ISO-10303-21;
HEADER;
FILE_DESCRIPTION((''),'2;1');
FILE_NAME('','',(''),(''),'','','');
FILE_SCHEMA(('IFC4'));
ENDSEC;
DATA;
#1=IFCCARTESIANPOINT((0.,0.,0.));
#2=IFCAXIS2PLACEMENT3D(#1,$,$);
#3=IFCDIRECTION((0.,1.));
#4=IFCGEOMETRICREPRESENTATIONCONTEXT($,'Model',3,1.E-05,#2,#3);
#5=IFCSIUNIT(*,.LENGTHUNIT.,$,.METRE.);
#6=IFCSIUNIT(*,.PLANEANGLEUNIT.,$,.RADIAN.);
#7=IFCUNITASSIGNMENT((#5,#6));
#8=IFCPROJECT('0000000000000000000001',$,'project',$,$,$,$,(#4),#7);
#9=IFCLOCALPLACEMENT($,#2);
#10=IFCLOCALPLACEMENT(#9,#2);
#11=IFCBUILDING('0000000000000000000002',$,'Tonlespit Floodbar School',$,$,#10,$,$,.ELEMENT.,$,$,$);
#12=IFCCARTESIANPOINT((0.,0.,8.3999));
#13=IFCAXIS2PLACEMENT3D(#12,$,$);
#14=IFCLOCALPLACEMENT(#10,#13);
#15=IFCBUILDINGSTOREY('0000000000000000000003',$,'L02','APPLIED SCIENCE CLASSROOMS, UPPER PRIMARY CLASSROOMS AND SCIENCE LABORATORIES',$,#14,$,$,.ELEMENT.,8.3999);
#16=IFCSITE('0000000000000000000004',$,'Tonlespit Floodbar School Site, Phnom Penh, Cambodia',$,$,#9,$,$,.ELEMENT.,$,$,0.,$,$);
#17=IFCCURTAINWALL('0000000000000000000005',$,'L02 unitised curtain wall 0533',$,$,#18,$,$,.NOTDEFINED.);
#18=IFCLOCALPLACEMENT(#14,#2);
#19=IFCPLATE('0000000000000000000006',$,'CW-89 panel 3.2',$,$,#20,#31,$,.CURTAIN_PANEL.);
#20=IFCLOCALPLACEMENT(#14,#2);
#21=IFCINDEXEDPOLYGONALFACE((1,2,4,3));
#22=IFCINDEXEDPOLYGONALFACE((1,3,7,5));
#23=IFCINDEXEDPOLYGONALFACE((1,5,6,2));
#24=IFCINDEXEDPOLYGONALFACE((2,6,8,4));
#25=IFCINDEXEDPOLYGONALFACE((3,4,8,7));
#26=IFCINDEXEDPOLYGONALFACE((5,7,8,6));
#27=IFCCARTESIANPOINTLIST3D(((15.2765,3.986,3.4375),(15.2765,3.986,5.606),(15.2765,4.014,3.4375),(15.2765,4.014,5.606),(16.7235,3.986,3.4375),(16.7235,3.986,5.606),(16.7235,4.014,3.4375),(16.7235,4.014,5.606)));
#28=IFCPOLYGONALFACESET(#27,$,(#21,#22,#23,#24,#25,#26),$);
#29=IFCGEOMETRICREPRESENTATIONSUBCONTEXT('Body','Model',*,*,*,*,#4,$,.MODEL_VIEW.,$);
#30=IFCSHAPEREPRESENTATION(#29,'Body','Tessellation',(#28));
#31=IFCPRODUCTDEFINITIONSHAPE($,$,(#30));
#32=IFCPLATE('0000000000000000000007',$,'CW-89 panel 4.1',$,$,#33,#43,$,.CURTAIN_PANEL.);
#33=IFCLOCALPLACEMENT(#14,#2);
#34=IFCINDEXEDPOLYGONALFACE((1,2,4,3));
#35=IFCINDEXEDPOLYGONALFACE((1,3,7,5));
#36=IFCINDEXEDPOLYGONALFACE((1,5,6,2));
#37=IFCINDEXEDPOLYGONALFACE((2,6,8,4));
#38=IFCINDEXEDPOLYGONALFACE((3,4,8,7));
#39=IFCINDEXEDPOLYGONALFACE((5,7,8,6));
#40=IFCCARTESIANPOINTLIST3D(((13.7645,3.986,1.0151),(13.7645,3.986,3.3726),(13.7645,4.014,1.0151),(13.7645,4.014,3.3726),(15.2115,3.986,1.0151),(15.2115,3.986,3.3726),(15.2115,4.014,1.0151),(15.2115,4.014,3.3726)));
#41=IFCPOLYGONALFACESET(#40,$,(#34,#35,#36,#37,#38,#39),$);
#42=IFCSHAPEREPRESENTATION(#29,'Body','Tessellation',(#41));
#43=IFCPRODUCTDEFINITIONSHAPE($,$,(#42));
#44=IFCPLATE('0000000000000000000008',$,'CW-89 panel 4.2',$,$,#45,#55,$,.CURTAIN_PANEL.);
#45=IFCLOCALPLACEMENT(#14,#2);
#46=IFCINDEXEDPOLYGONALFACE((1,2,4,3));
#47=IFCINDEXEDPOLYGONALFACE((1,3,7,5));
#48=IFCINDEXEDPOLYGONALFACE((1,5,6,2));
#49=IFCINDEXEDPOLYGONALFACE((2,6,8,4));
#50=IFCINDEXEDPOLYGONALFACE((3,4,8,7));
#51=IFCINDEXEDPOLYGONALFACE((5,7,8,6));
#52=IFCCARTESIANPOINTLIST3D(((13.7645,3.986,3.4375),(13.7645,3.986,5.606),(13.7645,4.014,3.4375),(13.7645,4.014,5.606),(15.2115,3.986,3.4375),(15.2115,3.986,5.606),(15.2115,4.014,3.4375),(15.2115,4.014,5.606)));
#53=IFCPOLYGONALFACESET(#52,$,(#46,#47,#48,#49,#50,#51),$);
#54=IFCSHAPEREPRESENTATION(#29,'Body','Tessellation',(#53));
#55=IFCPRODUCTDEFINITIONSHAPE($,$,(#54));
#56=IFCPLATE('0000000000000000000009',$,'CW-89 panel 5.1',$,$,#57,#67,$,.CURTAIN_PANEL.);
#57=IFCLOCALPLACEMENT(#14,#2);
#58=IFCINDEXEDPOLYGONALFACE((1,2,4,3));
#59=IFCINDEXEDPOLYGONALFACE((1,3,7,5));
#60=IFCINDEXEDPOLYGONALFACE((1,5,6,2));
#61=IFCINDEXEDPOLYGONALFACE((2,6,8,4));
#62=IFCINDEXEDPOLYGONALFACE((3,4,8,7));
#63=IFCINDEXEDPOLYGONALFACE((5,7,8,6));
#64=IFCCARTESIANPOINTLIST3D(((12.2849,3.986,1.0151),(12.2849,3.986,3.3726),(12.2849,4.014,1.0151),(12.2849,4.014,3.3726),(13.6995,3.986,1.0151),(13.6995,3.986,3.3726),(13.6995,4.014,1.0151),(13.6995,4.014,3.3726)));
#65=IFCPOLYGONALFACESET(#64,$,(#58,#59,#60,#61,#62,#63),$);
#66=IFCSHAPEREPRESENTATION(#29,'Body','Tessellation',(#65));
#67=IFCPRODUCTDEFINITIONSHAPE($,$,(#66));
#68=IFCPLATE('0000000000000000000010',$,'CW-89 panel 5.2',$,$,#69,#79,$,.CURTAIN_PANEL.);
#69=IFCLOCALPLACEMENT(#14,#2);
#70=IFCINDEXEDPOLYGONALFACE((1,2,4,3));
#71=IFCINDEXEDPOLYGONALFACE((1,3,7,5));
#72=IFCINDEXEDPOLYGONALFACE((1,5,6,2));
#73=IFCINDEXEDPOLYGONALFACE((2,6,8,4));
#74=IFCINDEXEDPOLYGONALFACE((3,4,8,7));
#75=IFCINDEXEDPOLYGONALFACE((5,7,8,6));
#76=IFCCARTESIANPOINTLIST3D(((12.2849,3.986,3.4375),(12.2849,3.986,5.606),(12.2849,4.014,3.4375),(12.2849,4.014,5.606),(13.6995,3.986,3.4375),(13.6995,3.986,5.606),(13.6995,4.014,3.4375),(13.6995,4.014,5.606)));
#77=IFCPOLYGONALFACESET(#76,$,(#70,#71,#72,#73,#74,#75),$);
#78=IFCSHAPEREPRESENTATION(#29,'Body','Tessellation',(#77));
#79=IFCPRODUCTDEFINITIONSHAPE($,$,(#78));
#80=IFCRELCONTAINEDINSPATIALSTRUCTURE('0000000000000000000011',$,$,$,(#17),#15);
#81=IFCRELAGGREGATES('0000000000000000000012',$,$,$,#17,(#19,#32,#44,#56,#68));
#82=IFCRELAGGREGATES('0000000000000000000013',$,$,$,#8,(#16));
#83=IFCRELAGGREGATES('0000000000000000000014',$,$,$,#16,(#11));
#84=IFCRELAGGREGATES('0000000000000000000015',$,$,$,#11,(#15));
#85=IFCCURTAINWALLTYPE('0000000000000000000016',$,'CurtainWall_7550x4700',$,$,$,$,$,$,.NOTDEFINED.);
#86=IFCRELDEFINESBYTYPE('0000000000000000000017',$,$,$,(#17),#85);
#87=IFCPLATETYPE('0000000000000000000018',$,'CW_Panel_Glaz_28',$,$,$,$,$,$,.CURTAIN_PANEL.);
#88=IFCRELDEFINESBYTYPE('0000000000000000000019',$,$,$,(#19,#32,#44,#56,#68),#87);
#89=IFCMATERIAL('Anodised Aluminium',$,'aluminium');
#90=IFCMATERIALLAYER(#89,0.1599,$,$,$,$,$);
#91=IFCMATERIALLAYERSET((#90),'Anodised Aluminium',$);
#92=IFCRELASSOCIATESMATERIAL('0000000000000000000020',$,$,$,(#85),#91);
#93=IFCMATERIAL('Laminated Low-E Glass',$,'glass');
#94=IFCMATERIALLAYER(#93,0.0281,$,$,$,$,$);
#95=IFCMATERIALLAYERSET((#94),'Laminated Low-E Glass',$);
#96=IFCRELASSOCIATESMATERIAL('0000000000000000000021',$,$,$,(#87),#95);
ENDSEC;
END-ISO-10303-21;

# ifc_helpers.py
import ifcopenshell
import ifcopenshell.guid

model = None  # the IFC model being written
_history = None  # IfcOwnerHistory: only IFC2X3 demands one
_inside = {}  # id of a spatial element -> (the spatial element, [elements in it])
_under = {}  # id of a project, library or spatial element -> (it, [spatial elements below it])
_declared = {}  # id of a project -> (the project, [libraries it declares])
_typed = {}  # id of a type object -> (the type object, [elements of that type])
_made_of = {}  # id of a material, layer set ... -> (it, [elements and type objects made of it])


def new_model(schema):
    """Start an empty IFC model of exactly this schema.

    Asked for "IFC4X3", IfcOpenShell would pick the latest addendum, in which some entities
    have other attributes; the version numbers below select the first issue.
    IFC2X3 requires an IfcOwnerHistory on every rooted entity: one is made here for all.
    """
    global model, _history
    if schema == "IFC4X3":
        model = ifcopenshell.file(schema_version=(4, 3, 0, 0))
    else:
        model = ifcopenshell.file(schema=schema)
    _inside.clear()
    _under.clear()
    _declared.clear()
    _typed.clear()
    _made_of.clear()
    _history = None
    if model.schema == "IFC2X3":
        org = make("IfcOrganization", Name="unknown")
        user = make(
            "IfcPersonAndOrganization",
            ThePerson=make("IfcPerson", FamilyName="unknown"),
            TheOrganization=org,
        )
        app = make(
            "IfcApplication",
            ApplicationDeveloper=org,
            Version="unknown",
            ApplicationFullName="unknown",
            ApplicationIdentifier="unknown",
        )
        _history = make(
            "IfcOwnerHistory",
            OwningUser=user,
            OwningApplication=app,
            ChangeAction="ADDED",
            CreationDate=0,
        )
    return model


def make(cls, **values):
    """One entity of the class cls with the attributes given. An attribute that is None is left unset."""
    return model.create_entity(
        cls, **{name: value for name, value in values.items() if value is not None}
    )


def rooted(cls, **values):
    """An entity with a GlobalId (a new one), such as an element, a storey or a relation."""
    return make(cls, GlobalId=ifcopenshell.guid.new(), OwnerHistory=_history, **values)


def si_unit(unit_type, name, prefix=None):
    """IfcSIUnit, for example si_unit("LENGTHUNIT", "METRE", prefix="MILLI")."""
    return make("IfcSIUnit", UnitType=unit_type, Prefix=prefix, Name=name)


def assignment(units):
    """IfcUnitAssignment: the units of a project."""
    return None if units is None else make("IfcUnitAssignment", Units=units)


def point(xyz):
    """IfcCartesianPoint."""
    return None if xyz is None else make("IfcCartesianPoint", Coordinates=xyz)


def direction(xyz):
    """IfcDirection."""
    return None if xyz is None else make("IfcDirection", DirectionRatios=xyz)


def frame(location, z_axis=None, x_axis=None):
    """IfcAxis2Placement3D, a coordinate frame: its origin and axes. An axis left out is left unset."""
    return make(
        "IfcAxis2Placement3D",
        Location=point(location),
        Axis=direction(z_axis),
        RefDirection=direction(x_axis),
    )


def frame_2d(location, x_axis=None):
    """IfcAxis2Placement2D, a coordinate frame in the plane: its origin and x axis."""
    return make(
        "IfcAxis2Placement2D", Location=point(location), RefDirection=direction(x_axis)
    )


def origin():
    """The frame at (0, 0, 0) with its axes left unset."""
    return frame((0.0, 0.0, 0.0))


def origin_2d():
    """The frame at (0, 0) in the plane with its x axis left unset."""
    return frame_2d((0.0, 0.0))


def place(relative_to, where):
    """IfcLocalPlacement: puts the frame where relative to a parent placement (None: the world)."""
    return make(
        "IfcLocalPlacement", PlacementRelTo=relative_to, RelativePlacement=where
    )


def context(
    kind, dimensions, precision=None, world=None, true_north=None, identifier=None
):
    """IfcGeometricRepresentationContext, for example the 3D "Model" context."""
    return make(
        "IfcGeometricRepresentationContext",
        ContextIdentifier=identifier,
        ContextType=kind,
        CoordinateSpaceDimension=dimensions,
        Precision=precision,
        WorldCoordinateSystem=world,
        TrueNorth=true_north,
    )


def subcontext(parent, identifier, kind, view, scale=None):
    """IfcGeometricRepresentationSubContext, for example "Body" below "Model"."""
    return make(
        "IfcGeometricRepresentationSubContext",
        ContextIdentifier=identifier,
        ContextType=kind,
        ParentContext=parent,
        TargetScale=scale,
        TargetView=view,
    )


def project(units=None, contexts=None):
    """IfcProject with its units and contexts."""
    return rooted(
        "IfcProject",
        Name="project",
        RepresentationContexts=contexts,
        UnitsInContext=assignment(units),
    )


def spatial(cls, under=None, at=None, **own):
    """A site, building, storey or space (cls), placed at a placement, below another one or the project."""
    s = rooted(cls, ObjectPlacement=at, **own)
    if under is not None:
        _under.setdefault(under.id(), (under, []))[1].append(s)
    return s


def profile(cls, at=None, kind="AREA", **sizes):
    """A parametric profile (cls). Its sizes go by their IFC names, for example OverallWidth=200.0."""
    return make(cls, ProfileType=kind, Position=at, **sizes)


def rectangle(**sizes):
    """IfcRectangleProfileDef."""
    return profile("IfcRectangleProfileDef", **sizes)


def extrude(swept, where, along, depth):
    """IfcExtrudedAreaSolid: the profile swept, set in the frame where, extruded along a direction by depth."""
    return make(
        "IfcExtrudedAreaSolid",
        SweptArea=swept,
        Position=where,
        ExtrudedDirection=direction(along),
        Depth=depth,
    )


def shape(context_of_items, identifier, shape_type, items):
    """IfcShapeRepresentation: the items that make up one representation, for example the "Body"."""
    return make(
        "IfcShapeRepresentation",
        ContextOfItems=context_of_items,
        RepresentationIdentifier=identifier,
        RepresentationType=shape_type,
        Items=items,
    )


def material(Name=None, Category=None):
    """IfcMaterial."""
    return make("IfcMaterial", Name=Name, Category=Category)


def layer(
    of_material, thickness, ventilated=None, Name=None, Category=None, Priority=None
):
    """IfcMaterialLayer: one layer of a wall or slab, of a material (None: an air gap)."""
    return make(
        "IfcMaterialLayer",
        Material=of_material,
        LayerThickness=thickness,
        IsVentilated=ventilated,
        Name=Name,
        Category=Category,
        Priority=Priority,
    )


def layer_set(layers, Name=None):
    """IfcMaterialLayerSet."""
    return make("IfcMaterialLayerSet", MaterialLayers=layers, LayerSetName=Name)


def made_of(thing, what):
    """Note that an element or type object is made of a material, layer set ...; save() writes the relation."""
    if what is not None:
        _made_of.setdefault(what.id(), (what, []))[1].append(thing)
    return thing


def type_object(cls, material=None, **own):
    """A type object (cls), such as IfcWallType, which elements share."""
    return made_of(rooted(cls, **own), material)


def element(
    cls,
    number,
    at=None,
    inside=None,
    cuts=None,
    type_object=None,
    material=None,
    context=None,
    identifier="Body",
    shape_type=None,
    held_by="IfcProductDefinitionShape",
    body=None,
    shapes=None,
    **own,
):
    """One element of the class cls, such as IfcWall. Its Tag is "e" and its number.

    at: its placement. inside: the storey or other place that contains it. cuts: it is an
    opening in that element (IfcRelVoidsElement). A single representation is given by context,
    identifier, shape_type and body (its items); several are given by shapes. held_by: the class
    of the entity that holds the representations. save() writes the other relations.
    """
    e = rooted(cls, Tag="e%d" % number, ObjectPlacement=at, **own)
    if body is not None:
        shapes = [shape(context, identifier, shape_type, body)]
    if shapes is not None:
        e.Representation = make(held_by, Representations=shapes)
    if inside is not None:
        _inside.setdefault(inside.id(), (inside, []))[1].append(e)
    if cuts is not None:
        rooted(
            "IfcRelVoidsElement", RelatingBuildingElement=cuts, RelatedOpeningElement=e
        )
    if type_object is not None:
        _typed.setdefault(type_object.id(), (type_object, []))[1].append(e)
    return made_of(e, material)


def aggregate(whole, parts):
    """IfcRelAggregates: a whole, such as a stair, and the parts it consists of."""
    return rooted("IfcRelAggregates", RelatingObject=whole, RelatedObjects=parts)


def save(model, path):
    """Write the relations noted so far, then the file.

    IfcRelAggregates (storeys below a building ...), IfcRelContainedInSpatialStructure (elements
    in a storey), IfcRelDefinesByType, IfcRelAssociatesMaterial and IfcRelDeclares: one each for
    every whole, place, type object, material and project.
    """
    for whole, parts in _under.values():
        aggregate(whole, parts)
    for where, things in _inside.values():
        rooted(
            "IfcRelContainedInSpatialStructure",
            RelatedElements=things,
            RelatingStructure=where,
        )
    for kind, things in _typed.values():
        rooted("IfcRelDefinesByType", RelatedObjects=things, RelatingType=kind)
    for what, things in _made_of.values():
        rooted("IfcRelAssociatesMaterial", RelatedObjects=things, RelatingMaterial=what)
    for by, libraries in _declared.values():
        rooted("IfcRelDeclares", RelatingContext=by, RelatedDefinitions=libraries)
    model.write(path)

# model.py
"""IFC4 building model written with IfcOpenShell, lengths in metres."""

from ifc_helpers import new_model, si_unit, direction, frame, origin, origin_2d, place, context, subcontext, project, spatial, rectangle, extrude, material, layer, layer_set, type_object, element, aggregate, save


model = new_model("IFC4")

# Units and contexts
model_context = context("Model", 3, precision=1e-05, world=origin(), true_north=direction((0.0, 1.0)))
body_context = subcontext(model_context, "Body", "Model", "MODEL_VIEW")
ifc_project = project(units=[si_unit("LENGTHUNIT", "METRE"), si_unit("PLANEANGLEUNIT", "RADIAN")], contexts=[model_context])

# Site, building, storey
site_placement = place(None, origin())
site = spatial("IfcSite", under=ifc_project, at=site_placement, Name="Tonlespit Floodbar School Site, Phnom Penh, Cambodia", CompositionType="ELEMENT", RefElevation=0.0)
building_placement = place(site_placement, origin())
building = spatial("IfcBuilding", under=site, at=building_placement, Name="Tonlespit Floodbar School", CompositionType="ELEMENT")
storey_placement = place(building_placement, frame((0.0, 0.0, 8.3999)))
storey = spatial("IfcBuildingStorey", under=building, at=storey_placement, Name="L02", Description="APPLIED SCIENCE CLASSROOMS, UPPER PRIMARY CLASSROOMS AND SCIENCE LABORATORIES", CompositionType="ELEMENT", Elevation=8.3999)

# Curtain wall, plates
ifc_material_1 = material(Name="Anodised Aluminium", Category="aluminium")
ifc_layer_1 = layer(ifc_material_1, 0.1599)
ifc_layer_set_1 = layer_set([ifc_layer_1], Name="Anodised Aluminium")
curtain_wall_type = type_object("IfcCurtainWallType", Name="CurtainWall_7550x4700", PredefinedType="NOTDEFINED", material=ifc_layer_set_1)
curtain_wall_placement = place(storey_placement, origin())
curtain_wall = element("IfcCurtainWall", 1, at=curtain_wall_placement, inside=storey, type_object=curtain_wall_type, Name="L02 unitised curtain wall 0533", PredefinedType="NOTDEFINED")
ifc_material_2 = material(Name="Laminated Low-E Glass", Category="glass")
ifc_layer_2 = layer(ifc_material_2, 0.0281)
ifc_layer_set_2 = layer_set([ifc_layer_2], Name="Laminated Low-E Glass")
plate_type = type_object("IfcPlateType", Name="CW_Panel_Glaz_28", PredefinedType="CURTAIN_PANEL", material=ifc_layer_set_2)
plate_1_placement = place(storey_placement, frame((16.0, 4.0, 3.4375), z_axis=(0.0, 0.0, 1.0), x_axis=(-1.0, 0.0, 0.0)))
plate_1 = element("IfcPlate", 2, at=plate_1_placement, type_object=plate_type, Name="CW-89 panel 3.2", PredefinedType="CURTAIN_PANEL", context=body_context, shape_type="SweptSolid", body=[
    extrude(rectangle(XDim=1.447, YDim=0.0281, at=origin_2d()), origin(), (0.0, 0.0, 1.0), 2.1685),
])
plate_2_placement = place(storey_placement, frame((14.488, 4.0, 1.0151), z_axis=(0.0, 0.0, 1.0), x_axis=(-1.0, 0.0, 0.0)))
plate_2 = element("IfcPlate", 3, at=plate_2_placement, type_object=plate_type, Name="CW-89 panel 4.1", PredefinedType="CURTAIN_PANEL", context=body_context, shape_type="SweptSolid", body=[
    extrude(rectangle(XDim=1.447, YDim=0.0281, at=origin_2d()), origin(), (0.0, 0.0, 1.0), 2.3574),
])
plate_3_placement = place(storey_placement, frame((14.488, 4.0, 3.4375), z_axis=(0.0, 0.0, 1.0), x_axis=(-1.0, 0.0, 0.0)))
plate_3 = element("IfcPlate", 4, at=plate_3_placement, type_object=plate_type, Name="CW-89 panel 4.2", PredefinedType="CURTAIN_PANEL", context=body_context, shape_type="SweptSolid", body=[
    extrude(rectangle(XDim=1.447, YDim=0.0281, at=origin_2d()), origin(), (0.0, 0.0, 1.0), 2.1685),
])
plate_4_placement = place(storey_placement, frame((12.9922, 4.0, 1.0151), z_axis=(0.0, 0.0, 1.0), x_axis=(-1.0, 0.0, 0.0)))
plate_4 = element("IfcPlate", 5, at=plate_4_placement, type_object=plate_type, Name="CW-89 panel 5.1", PredefinedType="CURTAIN_PANEL", context=body_context, shape_type="SweptSolid", body=[
    extrude(rectangle(XDim=1.4146, YDim=0.0281, at=origin_2d()), origin(), (0.0, 0.0, 1.0), 2.3574),
])
plate_5_placement = place(storey_placement, frame((12.9922, 4.0, 3.4375), z_axis=(0.0, 0.0, 1.0), x_axis=(-1.0, 0.0, 0.0)))
plate_5 = element("IfcPlate", 6, at=plate_5_placement, type_object=plate_type, Name="CW-89 panel 5.2", PredefinedType="CURTAIN_PANEL", context=body_context, shape_type="SweptSolid", body=[
    extrude(rectangle(XDim=1.4146, YDim=0.0281, at=origin_2d()), origin(), (0.0, 0.0, 1.0), 2.1685),
])
aggregate(curtain_wall, [plate_1, plate_2, plate_3, plate_4, plate_5])

save(model, "model.ifc")
